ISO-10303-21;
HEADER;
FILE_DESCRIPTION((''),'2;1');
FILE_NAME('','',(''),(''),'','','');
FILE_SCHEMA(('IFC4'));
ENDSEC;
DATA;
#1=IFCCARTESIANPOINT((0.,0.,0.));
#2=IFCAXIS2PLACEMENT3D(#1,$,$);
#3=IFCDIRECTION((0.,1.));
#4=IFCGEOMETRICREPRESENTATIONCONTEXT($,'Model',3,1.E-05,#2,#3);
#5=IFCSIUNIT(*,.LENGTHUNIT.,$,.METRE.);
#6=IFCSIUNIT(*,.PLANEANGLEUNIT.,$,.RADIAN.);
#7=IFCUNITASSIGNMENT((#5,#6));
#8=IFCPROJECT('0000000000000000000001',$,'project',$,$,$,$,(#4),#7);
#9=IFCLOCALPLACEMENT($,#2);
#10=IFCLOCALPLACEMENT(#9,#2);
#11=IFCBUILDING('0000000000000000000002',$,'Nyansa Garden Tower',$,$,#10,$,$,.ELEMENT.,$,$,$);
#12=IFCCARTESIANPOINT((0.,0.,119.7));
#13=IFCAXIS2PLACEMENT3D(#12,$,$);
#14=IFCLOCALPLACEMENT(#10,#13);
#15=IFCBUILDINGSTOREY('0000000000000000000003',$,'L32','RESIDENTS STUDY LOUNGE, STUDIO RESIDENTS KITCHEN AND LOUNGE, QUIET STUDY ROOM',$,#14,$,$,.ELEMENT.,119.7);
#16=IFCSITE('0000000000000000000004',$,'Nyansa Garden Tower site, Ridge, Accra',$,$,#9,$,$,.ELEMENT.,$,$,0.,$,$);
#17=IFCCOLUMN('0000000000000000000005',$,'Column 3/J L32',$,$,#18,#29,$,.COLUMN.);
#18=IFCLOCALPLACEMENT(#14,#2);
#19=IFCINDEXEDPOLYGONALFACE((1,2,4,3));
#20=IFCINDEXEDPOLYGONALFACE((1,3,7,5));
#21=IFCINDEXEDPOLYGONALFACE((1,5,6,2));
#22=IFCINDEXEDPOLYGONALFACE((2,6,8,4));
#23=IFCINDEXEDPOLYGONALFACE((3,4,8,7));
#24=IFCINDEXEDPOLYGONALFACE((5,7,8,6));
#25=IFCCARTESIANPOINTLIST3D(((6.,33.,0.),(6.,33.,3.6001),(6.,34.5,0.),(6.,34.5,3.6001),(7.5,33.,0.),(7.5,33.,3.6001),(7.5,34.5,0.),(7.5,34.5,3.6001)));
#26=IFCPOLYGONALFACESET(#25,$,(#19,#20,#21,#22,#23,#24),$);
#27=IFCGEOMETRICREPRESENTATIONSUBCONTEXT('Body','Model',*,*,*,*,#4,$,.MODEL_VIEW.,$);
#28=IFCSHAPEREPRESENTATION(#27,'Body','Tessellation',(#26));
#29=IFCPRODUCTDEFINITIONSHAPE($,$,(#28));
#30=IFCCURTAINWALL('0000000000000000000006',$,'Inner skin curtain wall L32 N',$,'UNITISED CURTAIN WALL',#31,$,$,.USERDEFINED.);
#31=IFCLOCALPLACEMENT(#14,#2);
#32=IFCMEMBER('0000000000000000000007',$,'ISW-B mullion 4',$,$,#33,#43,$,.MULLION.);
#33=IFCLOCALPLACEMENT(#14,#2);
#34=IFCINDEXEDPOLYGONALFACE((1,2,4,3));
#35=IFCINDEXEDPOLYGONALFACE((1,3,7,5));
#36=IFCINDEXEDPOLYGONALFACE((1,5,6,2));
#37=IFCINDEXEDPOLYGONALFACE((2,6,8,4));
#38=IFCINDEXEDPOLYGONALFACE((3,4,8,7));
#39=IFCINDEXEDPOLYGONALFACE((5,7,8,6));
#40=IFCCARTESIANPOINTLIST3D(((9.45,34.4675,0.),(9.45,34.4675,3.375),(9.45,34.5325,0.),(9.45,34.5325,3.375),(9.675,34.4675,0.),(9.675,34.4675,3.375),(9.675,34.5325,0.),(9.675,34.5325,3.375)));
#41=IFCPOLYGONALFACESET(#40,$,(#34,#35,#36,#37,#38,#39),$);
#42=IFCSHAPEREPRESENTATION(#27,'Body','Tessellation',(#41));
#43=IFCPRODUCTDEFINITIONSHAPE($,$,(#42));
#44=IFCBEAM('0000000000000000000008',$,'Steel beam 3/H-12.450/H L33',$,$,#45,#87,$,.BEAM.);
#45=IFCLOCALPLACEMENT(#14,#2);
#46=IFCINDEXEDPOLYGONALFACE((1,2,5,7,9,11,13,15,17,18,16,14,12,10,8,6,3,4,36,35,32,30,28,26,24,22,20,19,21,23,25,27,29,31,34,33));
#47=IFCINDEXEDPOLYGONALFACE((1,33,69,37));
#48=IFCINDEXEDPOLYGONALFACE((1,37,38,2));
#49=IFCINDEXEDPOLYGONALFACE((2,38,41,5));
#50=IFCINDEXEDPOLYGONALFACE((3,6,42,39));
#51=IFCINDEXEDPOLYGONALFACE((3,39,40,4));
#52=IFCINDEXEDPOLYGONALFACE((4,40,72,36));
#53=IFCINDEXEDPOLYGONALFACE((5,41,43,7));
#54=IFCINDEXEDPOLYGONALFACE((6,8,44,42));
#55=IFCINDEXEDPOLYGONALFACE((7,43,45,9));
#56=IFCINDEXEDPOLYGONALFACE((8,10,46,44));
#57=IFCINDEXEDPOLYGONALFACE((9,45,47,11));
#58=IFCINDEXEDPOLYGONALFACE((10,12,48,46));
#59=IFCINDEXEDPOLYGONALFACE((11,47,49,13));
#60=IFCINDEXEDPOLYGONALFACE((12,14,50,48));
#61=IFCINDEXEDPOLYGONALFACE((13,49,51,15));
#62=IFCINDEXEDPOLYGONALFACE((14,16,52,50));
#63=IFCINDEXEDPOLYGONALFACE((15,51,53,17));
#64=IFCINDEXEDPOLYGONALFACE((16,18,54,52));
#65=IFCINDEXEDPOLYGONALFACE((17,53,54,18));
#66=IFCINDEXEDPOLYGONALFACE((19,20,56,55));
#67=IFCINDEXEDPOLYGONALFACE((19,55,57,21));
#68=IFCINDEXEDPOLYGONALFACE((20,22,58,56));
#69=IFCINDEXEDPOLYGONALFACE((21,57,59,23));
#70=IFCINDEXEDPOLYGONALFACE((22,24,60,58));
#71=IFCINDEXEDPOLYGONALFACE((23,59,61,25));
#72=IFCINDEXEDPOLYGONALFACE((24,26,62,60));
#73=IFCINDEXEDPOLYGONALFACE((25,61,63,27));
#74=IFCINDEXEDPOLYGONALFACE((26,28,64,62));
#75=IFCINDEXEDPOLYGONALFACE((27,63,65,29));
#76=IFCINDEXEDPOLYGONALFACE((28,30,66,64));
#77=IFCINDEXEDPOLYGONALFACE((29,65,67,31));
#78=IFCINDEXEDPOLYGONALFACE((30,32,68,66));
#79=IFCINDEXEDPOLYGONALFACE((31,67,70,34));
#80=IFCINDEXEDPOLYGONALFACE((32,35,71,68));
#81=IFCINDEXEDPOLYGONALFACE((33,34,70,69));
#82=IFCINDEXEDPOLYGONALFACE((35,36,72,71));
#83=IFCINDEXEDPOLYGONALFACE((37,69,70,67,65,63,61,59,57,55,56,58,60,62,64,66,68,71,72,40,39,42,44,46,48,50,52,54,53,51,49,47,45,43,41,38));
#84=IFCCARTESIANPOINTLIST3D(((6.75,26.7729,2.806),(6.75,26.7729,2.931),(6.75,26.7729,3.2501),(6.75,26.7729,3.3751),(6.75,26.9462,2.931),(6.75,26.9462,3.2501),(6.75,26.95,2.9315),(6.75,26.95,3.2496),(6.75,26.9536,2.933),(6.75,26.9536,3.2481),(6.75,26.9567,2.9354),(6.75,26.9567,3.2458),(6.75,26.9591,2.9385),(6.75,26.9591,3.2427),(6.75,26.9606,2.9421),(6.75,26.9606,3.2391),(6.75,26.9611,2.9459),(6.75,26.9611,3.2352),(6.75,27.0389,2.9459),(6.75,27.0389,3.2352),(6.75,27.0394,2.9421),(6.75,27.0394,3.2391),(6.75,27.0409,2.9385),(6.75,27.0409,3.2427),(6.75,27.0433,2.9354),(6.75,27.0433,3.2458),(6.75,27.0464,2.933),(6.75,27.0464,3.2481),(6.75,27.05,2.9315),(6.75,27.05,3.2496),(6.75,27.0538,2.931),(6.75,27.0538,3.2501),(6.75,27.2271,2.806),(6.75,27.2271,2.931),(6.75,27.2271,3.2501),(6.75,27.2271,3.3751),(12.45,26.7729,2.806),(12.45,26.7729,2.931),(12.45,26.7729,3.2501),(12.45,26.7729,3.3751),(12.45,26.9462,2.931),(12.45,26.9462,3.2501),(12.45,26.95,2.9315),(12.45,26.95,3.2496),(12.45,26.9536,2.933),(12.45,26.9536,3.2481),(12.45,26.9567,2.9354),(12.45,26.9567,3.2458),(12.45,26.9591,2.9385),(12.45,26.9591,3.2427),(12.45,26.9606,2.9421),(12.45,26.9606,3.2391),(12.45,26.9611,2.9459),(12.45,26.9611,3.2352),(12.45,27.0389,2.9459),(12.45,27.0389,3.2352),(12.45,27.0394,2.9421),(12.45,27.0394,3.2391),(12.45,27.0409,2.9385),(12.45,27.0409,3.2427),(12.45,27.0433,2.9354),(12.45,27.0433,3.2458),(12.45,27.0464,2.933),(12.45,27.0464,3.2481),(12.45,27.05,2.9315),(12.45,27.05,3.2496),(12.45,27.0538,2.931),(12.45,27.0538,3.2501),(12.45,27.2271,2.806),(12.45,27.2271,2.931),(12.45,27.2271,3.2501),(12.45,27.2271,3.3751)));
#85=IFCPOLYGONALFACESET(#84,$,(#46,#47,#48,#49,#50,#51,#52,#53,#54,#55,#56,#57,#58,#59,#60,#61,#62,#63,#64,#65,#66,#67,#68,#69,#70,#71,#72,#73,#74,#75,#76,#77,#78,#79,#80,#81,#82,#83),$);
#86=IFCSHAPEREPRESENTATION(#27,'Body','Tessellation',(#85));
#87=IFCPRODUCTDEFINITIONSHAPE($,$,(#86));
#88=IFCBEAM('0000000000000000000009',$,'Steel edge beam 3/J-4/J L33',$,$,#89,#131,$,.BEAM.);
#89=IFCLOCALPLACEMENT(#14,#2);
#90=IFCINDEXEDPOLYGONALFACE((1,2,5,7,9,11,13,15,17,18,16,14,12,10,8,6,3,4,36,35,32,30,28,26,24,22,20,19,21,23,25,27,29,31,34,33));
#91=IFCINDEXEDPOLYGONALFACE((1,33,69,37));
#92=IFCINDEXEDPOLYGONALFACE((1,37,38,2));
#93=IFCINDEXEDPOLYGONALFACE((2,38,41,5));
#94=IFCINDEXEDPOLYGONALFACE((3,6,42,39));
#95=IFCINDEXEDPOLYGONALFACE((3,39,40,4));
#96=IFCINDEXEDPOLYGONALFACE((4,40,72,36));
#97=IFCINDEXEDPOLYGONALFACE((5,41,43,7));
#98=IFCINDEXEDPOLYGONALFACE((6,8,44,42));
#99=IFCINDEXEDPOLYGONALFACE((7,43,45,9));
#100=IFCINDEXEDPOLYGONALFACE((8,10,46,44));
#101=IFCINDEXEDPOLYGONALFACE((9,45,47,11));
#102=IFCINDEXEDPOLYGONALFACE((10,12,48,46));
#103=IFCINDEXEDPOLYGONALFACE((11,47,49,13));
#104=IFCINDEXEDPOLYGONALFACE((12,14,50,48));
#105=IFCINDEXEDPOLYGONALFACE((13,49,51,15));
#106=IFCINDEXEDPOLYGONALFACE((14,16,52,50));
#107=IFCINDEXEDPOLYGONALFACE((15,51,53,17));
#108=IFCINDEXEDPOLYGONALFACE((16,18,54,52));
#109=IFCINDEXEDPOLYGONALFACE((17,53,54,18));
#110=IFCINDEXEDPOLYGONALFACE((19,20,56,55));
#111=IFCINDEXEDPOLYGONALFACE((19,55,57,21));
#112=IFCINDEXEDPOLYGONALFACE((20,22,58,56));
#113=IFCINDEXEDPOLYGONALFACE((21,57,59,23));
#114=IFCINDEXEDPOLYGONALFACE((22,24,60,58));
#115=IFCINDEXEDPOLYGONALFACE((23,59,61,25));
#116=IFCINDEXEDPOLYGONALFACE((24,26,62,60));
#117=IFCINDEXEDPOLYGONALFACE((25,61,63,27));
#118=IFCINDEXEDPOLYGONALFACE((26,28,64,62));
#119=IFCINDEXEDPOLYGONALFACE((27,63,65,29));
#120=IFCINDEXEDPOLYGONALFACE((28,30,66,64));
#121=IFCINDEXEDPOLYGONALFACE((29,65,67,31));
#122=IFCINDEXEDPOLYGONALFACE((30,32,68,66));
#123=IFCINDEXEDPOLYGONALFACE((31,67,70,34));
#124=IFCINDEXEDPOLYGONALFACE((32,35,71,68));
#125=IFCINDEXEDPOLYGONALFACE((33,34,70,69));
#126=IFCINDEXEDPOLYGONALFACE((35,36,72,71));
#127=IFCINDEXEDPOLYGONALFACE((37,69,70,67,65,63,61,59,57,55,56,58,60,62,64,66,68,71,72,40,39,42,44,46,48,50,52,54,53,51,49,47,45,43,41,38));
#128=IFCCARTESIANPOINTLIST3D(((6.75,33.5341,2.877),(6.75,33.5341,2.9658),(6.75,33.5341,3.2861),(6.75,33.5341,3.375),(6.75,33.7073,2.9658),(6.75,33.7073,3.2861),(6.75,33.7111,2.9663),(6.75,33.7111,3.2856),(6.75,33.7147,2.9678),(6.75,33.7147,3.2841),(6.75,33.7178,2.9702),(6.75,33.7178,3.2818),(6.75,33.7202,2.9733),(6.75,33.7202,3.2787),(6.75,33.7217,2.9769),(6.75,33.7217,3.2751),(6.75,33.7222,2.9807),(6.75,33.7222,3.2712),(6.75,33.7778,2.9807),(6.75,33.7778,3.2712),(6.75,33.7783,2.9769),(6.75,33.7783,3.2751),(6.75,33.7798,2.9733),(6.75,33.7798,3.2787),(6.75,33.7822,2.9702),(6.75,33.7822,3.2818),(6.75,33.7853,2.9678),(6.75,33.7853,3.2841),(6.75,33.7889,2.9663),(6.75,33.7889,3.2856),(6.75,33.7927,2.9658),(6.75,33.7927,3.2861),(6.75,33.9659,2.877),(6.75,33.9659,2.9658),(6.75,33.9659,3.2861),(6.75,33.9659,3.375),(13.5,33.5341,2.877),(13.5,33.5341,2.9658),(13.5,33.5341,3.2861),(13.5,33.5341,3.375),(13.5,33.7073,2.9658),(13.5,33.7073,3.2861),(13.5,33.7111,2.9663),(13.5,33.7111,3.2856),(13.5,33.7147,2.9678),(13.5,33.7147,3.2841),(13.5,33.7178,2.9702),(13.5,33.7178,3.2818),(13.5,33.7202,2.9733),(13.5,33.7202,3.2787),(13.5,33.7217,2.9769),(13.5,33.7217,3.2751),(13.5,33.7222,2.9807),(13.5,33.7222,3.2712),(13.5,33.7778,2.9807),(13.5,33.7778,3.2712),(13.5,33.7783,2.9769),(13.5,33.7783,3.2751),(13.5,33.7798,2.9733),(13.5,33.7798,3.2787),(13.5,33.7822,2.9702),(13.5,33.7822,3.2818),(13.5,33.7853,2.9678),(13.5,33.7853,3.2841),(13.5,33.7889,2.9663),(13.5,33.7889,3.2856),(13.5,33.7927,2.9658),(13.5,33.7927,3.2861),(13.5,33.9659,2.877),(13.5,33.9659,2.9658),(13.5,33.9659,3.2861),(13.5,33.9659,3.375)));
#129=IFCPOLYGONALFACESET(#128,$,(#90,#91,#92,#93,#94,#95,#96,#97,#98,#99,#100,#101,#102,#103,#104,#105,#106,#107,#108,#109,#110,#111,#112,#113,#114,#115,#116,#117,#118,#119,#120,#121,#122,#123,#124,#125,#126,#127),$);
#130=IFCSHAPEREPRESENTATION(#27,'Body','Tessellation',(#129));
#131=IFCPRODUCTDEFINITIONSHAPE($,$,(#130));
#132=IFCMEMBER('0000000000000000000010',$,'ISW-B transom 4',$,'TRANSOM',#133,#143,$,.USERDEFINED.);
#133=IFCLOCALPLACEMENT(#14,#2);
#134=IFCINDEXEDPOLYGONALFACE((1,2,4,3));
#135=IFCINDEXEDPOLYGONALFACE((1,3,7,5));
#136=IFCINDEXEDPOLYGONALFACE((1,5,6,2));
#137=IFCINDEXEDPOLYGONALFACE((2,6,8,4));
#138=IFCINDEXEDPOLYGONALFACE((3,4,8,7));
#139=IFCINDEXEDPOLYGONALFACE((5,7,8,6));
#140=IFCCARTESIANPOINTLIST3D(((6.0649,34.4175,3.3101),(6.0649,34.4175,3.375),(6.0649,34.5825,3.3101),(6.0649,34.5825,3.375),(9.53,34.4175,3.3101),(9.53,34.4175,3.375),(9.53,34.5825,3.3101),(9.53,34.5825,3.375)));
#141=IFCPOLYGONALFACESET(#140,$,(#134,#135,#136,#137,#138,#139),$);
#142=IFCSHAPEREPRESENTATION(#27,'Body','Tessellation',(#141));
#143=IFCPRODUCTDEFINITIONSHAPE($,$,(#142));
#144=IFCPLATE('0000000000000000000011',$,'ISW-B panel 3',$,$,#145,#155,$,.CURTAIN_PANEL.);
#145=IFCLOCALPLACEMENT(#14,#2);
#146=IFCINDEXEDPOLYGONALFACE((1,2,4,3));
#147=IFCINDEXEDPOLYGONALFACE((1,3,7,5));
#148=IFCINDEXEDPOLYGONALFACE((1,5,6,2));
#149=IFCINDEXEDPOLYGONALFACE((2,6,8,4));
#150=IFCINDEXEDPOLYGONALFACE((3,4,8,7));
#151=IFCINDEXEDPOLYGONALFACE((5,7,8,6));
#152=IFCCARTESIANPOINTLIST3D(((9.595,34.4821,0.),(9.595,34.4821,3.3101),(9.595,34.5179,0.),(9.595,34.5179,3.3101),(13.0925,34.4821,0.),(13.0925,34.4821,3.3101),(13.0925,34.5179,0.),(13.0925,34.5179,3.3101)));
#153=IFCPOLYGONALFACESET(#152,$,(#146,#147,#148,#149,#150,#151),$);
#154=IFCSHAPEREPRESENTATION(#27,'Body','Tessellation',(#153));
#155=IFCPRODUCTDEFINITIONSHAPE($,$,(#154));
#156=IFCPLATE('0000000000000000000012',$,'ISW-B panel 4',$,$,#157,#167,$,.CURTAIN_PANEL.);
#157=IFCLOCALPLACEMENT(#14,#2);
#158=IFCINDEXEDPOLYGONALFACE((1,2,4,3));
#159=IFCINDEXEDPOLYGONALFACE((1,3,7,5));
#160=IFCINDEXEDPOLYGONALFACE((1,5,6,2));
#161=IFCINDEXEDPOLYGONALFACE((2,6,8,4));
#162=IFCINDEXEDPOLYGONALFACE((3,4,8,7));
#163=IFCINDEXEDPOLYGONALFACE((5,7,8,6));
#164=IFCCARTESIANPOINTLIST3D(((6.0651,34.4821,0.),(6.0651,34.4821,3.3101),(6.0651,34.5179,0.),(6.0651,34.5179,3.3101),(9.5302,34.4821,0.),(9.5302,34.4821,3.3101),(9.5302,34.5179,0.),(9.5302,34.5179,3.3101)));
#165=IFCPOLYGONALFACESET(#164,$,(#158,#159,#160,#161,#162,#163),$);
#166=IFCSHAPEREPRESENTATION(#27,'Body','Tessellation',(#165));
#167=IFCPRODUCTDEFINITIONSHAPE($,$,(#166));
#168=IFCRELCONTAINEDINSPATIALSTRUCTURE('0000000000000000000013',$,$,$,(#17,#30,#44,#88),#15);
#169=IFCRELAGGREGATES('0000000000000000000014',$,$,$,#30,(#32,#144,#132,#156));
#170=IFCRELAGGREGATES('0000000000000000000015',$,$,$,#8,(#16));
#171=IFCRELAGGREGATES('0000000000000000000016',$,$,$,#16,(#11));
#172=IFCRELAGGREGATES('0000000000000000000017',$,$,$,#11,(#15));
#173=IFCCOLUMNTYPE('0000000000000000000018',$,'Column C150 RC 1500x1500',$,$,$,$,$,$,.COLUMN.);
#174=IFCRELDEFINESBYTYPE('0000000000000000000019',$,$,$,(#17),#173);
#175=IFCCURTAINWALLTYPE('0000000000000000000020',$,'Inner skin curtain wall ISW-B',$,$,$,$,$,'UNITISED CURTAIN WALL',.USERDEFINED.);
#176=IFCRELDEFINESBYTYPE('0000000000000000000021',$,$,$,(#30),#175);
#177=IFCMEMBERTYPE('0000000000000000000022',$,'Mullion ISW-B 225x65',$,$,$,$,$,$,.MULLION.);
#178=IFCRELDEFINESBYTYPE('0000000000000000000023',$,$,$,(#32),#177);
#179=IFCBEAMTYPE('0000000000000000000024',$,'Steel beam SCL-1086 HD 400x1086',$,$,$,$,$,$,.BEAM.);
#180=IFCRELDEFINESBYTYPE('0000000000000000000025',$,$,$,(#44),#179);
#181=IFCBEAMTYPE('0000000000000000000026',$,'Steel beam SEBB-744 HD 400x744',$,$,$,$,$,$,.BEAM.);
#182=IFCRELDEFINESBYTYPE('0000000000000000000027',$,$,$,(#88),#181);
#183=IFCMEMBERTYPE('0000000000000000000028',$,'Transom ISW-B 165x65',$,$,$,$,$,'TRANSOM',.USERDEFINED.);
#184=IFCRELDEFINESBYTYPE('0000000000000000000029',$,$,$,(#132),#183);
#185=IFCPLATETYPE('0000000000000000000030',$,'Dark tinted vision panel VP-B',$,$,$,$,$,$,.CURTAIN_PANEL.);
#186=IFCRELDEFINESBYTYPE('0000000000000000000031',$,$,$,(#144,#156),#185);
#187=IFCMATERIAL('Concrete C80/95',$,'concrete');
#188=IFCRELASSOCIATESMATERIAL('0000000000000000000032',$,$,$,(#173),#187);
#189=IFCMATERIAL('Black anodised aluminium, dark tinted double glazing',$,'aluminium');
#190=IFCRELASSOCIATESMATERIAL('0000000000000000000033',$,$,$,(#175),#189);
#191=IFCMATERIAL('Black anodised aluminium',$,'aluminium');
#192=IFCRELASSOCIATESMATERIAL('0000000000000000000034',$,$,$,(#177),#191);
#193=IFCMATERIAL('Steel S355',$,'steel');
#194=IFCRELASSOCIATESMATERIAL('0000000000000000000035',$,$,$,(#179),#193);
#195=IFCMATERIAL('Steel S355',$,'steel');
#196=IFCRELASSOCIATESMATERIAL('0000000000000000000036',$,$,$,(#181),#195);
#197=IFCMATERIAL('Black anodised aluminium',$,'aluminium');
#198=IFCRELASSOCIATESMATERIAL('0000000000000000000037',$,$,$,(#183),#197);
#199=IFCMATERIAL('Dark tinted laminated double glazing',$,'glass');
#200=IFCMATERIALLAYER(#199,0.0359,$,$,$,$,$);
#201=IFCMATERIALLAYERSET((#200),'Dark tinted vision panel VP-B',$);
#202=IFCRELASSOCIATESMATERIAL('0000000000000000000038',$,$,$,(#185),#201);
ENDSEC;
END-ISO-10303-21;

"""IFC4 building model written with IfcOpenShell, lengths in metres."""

from ifc_helpers import new_model, si_unit, direction, frame, origin, origin_2d, place, context, subcontext, project, spatial, rectangle, i_section, extrude, material, layer, layer_set, material_profile, profile_set, type_object, element, aggregate, save


model = new_model("IFC4")

# Units and contexts
model_context = context("Model", 3, precision=1e-05, world=origin(), true_north=direction((0.0, 1.0)))
body_context = subcontext(model_context, "Body", "Model", "MODEL_VIEW")
ifc_project = project(units=[si_unit("LENGTHUNIT", "METRE"), si_unit("PLANEANGLEUNIT", "RADIAN")], contexts=[model_context])

# Site, building, storey
site_placement = place(None, origin())
site = spatial("IfcSite", under=ifc_project, at=site_placement, Name="Nyansa Garden Tower site, Ridge, Accra", CompositionType="ELEMENT", RefElevation=0.0)
building_placement = place(site_placement, origin())
building = spatial("IfcBuilding", under=site, at=building_placement, Name="Nyansa Garden Tower", CompositionType="ELEMENT")
storey_placement = place(building_placement, frame((0.0, 0.0, 119.7)))
storey = spatial("IfcBuildingStorey", under=building, at=storey_placement, Name="L32", Description="RESIDENTS STUDY LOUNGE, STUDIO RESIDENTS KITCHEN AND LOUNGE, QUIET STUDY ROOM", CompositionType="ELEMENT", Elevation=119.7)

# Column
ifc_material_1 = material(Name="Concrete C80/95", Category="concrete")
ifc_material_profile_1 = material_profile(ifc_material_1, rectangle(XDim=1.5, YDim=1.5, at=origin_2d()), Name="RC 1500x1500")
ifc_profile_set_1 = profile_set([ifc_material_profile_1], Name="Concrete C80/95")
column_type = type_object("IfcColumnType", Name="Column C150 RC 1500x1500", PredefinedType="COLUMN", material=ifc_profile_set_1)
column_placement = place(storey_placement, frame((6.75, 33.75, 0.0), z_axis=(0.0, 0.0, 1.0), x_axis=(1.0, 0.0, 0.0)))
element("IfcColumn", 1, at=column_placement, inside=storey, type_object=column_type, Name="Column 3/J L32", PredefinedType="COLUMN", context=body_context, shape_type="SweptSolid", body=[
    extrude(rectangle(XDim=1.5, YDim=1.5, at=origin_2d()), origin(), (0.0, 0.0, 1.0), 3.6001),
])

# Curtain wall, member
ifc_material_2 = material(Name="Black anodised aluminium, dark tinted double glazing", Category="aluminium")
curtain_wall_type = type_object("IfcCurtainWallType", Name="Inner skin curtain wall ISW-B", ElementType="UNITISED CURTAIN WALL", PredefinedType="USERDEFINED", material=ifc_material_2)
curtain_wall_placement = place(storey_placement, origin())
curtain_wall = element("IfcCurtainWall", 2, at=curtain_wall_placement, inside=storey, type_object=curtain_wall_type, Name="Inner skin curtain wall L32 N", ObjectType="UNITISED CURTAIN WALL", PredefinedType="USERDEFINED")
ifc_material_3 = material(Name="Black anodised aluminium", Category="aluminium")
ifc_material_profile_2 = material_profile(ifc_material_3, rectangle(XDim=0.0649, YDim=0.2251, at=origin_2d()), Name="Mullion 225x65")
ifc_profile_set_2 = profile_set([ifc_material_profile_2], Name="Black anodised aluminium")
member_type_1 = type_object("IfcMemberType", Name="Mullion ISW-B 225x65", PredefinedType="MULLION", material=ifc_profile_set_2)
member_1_placement = place(storey_placement, frame((9.5625, 34.5, 0.0), z_axis=(0.0, 0.0, 1.0), x_axis=(0.0, -1.0, 0.0)))
member_1 = element("IfcMember", 3, at=member_1_placement, type_object=member_type_1, Name="ISW-B mullion 4", PredefinedType="MULLION", context=body_context, shape_type="SweptSolid", body=[
    extrude(rectangle(XDim=0.0649, YDim=0.2251, at=origin_2d()), origin(), (0.0, 0.0, 1.0), 3.375),
])

# Beams
ifc_material_4 = material(Name="Steel S355", Category="steel")
ifc_material_profile_3 = material_profile(ifc_material_4, i_section(OverallWidth=0.4541, OverallDepth=0.5691, WebThickness=0.0779, FlangeThickness=0.125, FilletRadius=0.0149, at=origin_2d()), Name="HD 400x1086")
ifc_profile_set_3 = profile_set([ifc_material_profile_3], Name="Steel S355")
beam_type_1 = type_object("IfcBeamType", Name="Steel beam SCL-1086 HD 400x1086", PredefinedType="BEAM", material=ifc_profile_set_3)
beam_1_placement = place(storey_placement, frame((6.75, 27.0, 3.0906), z_axis=(1.0, 0.0, 0.0), x_axis=(0.0, 1.0, 0.0)))
element("IfcBeam", 4, at=beam_1_placement, inside=storey, type_object=beam_type_1, Name="Steel beam 3/H-12.450/H L33", PredefinedType="BEAM", context=body_context, shape_type="SweptSolid", body=[
    extrude(i_section(OverallWidth=0.4541, OverallDepth=0.5691, WebThickness=0.0779, FlangeThickness=0.125, FilletRadius=0.0149, at=origin_2d()), origin(), (0.0, 0.0, 1.0), 5.7),
])
ifc_material_5 = material(Name="Steel S355", Category="steel")
ifc_material_profile_4 = material_profile(ifc_material_5, i_section(OverallWidth=0.4319, OverallDepth=0.498, WebThickness=0.0557, FlangeThickness=0.0889, FilletRadius=0.0149, at=origin_2d()), Name="HD 400x744")
ifc_profile_set_4 = profile_set([ifc_material_profile_4], Name="Steel S355")
beam_type_2 = type_object("IfcBeamType", Name="Steel beam SEBB-744 HD 400x744", PredefinedType="BEAM", material=ifc_profile_set_4)
beam_2_placement = place(storey_placement, frame((6.75, 33.75, 3.126), z_axis=(1.0, 0.0, 0.0), x_axis=(0.0, 1.0, 0.0)))
element("IfcBeam", 5, at=beam_2_placement, inside=storey, type_object=beam_type_2, Name="Steel edge beam 3/J-4/J L33", PredefinedType="BEAM", context=body_context, shape_type="SweptSolid", body=[
    extrude(i_section(OverallWidth=0.4319, OverallDepth=0.498, WebThickness=0.0557, FlangeThickness=0.0889, FilletRadius=0.0149, at=origin_2d()), origin(), (0.0, 0.0, 1.0), 6.75),
])

# Member
ifc_material_6 = material(Name="Black anodised aluminium", Category="aluminium")
ifc_material_profile_5 = material_profile(ifc_material_6, rectangle(XDim=0.165, YDim=0.0649, at=origin_2d()), Name="Transom 165x65")
ifc_profile_set_5 = profile_set([ifc_material_profile_5], Name="Black anodised aluminium")
member_type_2 = type_object("IfcMemberType", Name="Transom ISW-B 165x65", ElementType="TRANSOM", PredefinedType="USERDEFINED", material=ifc_profile_set_5)
member_2_placement = place(storey_placement, frame((9.53, 34.5, 3.3425), z_axis=(-1.0, 0.0, 0.0), x_axis=(0.0, -1.0, 0.0)))
member_2 = element("IfcMember", 6, at=member_2_placement, type_object=member_type_2, Name="ISW-B transom 4", ObjectType="TRANSOM", PredefinedType="USERDEFINED", context=body_context, shape_type="SweptSolid", body=[
    extrude(rectangle(XDim=0.165, YDim=0.0649, at=origin_2d()), origin(), (0.0, 0.0, 1.0), 3.4651),
])

# Plates
ifc_material_7 = material(Name="Dark tinted laminated double glazing", Category="glass")
ifc_layer_1 = layer(ifc_material_7, 0.0359)
ifc_layer_set_1 = layer_set([ifc_layer_1], Name="Dark tinted vision panel VP-B")
plate_type = type_object("IfcPlateType", Name="Dark tinted vision panel VP-B", PredefinedType="CURTAIN_PANEL", material=ifc_layer_set_1)
plate_1_placement = place(storey_placement, frame((11.3438, 34.5, 0.0), z_axis=(0.0, 0.0, 1.0), x_axis=(-1.0, 0.0, 0.0)))
plate_1 = element("IfcPlate", 7, at=plate_1_placement, type_object=plate_type, Name="ISW-B panel 3", PredefinedType="CURTAIN_PANEL", context=body_context, shape_type="SweptSolid", body=[
    extrude(rectangle(XDim=3.4976, YDim=0.0359, at=origin_2d()), origin(), (0.0, 0.0, 1.0), 3.3101),
])
plate_2_placement = place(storey_placement, frame((7.7976, 34.5, 0.0), z_axis=(0.0, 0.0, 1.0), x_axis=(-1.0, 0.0, 0.0)))
plate_2 = element("IfcPlate", 8, at=plate_2_placement, type_object=plate_type, Name="ISW-B panel 4", PredefinedType="CURTAIN_PANEL", context=body_context, shape_type="SweptSolid", body=[
    extrude(rectangle(XDim=3.4651, YDim=0.0359, at=origin_2d()), origin(), (0.0, 0.0, 1.0), 3.3101),
])
aggregate(curtain_wall, [member_1, plate_1, member_2, plate_2])

save(model, "model.ifc")
